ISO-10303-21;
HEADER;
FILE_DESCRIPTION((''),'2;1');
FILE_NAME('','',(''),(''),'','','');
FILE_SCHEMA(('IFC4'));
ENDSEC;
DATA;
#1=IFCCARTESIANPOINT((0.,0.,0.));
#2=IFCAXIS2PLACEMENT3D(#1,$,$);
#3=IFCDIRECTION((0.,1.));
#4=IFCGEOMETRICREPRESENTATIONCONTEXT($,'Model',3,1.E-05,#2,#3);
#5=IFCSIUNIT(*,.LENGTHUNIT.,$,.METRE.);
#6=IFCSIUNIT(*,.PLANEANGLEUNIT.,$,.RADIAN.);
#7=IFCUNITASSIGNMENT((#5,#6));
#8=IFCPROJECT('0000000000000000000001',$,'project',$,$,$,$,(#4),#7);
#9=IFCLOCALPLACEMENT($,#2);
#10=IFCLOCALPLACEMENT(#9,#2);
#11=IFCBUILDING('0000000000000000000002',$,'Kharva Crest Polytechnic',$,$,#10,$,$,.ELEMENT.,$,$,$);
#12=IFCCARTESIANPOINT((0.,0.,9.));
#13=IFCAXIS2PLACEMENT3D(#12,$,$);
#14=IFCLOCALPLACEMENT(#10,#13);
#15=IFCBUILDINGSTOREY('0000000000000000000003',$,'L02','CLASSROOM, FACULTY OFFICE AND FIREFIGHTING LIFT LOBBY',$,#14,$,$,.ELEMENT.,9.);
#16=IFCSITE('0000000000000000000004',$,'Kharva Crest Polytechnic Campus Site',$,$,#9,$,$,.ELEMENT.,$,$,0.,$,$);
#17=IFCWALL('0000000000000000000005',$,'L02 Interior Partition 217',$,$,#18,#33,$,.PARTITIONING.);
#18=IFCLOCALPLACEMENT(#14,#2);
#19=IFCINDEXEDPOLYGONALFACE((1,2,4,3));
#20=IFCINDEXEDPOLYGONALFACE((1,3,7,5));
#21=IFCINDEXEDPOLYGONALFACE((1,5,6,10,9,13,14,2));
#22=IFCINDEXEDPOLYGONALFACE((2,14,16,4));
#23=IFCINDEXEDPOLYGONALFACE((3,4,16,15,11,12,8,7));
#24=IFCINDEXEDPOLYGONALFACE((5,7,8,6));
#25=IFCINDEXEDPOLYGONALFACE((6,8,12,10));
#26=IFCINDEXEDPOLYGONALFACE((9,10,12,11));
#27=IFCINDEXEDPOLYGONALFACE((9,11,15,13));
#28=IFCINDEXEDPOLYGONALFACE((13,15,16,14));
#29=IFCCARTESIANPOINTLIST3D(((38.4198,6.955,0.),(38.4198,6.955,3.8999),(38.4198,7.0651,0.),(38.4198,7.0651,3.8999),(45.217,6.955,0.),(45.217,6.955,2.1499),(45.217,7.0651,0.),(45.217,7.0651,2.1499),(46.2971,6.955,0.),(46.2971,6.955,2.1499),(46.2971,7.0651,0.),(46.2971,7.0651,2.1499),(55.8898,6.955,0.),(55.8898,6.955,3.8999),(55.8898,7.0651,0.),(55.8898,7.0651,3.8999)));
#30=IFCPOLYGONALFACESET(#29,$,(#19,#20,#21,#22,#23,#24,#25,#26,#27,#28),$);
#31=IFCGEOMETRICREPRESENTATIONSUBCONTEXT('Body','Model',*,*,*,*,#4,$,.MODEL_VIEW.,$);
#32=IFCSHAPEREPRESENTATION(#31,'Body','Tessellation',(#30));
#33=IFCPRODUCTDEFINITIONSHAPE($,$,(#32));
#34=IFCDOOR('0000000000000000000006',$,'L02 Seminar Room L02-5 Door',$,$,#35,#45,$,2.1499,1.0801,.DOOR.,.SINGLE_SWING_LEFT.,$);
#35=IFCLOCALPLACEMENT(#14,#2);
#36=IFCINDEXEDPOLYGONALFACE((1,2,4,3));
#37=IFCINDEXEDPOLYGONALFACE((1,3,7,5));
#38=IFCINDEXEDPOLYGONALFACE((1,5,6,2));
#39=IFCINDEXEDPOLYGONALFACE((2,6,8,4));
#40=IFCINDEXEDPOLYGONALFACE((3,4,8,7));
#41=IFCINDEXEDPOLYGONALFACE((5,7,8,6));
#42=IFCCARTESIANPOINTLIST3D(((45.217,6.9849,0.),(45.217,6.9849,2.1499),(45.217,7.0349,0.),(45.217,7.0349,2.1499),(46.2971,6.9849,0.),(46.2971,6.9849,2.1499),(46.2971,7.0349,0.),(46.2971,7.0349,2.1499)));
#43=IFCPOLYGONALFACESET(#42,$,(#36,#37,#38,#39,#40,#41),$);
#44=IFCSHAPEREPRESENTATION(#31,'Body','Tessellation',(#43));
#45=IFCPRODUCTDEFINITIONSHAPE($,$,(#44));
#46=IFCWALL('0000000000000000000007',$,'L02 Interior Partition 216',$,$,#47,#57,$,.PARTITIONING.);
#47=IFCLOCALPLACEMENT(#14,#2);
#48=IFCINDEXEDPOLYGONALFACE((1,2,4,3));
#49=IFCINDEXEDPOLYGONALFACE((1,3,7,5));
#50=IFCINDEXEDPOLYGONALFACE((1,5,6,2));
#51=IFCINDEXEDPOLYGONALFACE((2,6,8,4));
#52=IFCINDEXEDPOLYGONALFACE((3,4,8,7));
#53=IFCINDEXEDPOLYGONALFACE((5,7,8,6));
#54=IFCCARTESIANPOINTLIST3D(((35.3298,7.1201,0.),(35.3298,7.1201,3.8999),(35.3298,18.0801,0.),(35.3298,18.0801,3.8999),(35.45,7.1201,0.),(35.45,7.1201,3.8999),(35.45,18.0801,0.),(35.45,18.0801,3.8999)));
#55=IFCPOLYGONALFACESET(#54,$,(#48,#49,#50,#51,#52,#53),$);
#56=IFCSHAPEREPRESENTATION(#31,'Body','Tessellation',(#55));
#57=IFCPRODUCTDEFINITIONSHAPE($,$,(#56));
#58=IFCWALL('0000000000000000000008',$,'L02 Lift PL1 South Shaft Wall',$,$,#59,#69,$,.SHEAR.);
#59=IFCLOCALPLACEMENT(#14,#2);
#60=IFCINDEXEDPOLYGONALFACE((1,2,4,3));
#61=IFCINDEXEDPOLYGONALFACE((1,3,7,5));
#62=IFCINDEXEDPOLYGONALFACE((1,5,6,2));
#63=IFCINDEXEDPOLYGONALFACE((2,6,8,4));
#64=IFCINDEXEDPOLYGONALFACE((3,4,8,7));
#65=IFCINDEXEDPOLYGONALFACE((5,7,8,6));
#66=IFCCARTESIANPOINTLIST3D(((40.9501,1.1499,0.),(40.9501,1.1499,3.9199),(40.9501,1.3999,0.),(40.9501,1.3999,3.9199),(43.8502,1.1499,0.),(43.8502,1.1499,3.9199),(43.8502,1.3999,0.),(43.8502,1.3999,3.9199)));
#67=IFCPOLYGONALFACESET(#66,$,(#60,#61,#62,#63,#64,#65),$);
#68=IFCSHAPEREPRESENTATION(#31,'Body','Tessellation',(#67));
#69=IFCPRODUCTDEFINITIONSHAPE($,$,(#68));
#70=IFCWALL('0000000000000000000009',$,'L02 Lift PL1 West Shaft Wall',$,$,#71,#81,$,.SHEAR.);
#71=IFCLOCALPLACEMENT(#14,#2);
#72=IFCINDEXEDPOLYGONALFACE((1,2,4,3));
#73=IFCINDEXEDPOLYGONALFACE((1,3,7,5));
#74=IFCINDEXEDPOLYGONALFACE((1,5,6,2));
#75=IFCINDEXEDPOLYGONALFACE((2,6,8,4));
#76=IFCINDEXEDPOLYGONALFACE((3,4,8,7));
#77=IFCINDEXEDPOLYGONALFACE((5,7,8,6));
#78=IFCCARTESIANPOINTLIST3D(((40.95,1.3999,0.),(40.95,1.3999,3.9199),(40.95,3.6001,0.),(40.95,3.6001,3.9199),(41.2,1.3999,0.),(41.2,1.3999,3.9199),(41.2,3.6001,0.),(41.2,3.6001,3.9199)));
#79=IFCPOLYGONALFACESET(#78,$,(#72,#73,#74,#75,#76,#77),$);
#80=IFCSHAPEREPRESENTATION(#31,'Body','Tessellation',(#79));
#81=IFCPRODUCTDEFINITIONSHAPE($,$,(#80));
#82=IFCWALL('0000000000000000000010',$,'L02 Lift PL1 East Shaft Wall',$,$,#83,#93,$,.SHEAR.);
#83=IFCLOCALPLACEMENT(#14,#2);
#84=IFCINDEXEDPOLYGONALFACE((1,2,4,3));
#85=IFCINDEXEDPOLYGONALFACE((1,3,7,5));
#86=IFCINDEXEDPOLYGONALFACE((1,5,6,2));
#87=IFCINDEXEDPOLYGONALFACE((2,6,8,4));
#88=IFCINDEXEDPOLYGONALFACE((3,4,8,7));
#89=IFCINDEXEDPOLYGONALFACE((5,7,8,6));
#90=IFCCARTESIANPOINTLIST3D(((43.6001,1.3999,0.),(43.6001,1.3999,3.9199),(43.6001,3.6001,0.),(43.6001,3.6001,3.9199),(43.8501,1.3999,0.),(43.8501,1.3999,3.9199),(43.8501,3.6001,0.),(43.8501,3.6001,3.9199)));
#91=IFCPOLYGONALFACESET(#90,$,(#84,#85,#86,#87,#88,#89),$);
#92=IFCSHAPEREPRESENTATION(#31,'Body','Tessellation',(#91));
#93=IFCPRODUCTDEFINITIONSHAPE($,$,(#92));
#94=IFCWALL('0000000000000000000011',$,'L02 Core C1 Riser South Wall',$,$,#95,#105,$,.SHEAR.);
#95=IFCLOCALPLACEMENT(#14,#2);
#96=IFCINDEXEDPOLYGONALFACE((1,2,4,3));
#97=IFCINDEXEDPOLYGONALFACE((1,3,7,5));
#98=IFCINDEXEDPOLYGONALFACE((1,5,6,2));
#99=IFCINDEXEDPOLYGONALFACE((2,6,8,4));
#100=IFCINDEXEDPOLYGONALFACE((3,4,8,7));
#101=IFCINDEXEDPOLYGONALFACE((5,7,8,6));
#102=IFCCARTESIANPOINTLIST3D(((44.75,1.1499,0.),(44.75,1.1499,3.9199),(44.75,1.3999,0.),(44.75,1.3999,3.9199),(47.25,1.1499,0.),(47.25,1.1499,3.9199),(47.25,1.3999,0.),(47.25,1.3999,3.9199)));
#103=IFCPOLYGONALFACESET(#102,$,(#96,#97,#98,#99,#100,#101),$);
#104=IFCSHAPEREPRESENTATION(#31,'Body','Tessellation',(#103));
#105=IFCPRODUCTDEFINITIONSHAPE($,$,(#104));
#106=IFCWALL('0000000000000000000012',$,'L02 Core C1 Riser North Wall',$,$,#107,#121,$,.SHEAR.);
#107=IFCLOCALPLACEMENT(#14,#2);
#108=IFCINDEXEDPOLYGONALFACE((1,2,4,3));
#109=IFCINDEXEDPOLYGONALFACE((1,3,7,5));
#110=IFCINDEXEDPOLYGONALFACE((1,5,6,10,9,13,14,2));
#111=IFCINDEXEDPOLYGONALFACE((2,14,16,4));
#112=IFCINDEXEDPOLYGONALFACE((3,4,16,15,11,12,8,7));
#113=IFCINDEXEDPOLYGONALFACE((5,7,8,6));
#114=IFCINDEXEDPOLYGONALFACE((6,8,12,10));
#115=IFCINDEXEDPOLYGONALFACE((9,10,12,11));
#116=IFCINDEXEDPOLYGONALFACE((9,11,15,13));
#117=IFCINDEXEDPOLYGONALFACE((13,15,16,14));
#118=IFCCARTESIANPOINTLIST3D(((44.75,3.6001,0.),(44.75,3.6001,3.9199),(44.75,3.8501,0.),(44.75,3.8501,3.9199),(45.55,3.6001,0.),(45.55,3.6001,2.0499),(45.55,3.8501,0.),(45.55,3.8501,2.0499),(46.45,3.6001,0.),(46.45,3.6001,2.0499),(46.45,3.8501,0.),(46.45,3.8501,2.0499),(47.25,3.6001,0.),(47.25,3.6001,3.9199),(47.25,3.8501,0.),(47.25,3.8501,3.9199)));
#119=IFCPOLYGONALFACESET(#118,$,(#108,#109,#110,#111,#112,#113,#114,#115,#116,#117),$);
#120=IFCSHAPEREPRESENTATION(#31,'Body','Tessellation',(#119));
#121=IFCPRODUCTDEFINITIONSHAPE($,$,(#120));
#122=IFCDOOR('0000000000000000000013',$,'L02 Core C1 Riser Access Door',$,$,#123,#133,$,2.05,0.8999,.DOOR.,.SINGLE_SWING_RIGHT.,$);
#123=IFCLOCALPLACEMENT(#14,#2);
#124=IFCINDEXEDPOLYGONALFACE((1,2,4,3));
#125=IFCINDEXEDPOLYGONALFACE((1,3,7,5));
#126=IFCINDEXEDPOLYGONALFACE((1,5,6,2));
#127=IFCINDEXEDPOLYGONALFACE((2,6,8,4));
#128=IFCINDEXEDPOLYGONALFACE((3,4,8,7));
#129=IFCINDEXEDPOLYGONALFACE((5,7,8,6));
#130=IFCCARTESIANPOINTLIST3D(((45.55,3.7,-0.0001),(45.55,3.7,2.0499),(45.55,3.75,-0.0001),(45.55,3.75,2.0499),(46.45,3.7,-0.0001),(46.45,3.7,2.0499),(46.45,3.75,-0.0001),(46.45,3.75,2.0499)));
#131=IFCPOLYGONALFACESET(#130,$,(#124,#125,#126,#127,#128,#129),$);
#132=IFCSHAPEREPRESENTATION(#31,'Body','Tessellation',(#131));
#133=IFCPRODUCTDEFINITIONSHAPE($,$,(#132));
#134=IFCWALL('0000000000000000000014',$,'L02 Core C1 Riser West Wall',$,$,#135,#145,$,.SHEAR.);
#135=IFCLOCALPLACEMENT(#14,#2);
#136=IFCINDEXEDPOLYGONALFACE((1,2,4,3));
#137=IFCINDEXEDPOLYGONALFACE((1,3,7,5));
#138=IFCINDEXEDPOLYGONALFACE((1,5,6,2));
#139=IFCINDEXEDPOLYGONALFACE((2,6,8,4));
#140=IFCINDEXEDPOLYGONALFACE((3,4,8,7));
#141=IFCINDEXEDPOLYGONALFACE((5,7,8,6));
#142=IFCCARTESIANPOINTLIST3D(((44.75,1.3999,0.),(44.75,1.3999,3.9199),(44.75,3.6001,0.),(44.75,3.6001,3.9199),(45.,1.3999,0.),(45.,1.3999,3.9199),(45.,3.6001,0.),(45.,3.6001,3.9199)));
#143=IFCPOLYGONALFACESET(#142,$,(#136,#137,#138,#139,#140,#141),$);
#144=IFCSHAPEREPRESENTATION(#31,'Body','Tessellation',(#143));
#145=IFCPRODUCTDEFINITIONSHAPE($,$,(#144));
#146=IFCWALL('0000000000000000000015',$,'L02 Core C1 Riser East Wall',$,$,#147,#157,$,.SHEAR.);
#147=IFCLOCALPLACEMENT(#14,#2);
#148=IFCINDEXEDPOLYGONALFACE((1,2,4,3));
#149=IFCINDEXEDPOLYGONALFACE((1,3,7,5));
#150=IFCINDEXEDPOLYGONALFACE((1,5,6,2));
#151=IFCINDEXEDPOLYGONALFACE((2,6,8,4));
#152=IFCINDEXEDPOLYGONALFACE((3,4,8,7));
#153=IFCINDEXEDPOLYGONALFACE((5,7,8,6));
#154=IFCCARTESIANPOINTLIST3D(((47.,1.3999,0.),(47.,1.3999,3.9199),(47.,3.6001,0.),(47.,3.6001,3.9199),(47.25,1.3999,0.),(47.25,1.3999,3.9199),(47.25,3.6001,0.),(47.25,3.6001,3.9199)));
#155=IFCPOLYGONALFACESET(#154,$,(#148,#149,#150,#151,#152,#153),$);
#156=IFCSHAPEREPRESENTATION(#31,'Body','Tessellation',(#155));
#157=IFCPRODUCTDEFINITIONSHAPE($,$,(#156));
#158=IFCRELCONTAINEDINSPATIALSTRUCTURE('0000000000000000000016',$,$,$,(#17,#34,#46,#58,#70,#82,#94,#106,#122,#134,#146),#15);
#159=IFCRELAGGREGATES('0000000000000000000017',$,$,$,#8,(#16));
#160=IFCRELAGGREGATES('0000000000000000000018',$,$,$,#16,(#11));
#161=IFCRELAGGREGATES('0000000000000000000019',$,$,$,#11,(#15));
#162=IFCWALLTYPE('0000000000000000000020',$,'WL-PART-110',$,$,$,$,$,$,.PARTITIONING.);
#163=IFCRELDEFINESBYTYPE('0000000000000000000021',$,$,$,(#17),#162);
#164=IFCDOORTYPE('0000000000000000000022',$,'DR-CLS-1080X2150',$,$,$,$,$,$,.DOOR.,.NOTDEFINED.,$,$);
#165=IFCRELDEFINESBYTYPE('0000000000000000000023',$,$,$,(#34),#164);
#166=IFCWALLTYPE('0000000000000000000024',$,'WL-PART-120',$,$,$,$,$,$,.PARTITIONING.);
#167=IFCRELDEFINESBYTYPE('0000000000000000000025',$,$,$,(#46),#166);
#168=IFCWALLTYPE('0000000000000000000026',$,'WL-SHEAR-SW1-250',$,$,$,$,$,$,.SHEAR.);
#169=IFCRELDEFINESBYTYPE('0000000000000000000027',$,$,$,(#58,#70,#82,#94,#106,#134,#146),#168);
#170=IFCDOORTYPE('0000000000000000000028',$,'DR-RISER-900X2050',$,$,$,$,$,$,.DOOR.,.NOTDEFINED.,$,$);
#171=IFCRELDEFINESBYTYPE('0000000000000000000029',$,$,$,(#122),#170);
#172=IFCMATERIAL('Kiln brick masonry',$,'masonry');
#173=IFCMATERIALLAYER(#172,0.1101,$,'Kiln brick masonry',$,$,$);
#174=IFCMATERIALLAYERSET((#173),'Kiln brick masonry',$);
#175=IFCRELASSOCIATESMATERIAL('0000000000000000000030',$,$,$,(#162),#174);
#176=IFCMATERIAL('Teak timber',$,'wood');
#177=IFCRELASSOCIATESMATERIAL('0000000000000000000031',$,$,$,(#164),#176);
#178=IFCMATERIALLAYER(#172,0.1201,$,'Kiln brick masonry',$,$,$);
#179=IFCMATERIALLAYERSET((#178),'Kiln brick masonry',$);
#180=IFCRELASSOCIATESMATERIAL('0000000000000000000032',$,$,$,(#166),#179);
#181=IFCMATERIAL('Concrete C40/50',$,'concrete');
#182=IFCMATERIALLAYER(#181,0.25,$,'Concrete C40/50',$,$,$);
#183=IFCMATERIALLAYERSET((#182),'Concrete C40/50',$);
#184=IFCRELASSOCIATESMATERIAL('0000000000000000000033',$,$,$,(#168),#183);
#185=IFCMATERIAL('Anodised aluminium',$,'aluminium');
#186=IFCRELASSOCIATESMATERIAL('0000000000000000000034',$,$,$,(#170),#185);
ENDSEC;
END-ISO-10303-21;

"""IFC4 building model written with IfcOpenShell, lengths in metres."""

from ifc_helpers import new_model, si_unit, direction, frame, frame_2d, origin, place, context, subcontext, project, spatial, rectangle, extrude, material, layer, layer_set, type_object, element, fill, save


model = new_model("IFC4")

# Units and contexts
model_context = context("Model", 3, precision=1e-05, world=origin(), true_north=direction((0.0, 1.0)))
body_context = subcontext(model_context, "Body", "Model", "MODEL_VIEW")
ifc_project = project(units=[si_unit("LENGTHUNIT", "METRE"), si_unit("PLANEANGLEUNIT", "RADIAN")], contexts=[model_context])

# Site, building, storey
site_placement = place(None, origin())
site = spatial("IfcSite", under=ifc_project, at=site_placement, Name="Kharva Crest Polytechnic Campus Site", CompositionType="ELEMENT", RefElevation=0.0)
building_placement = place(site_placement, origin())
building = spatial("IfcBuilding", under=site, at=building_placement, Name="Kharva Crest Polytechnic", CompositionType="ELEMENT")
storey_placement = place(building_placement, frame((0.0, 0.0, 9.0)))
storey = spatial("IfcBuildingStorey", under=building, at=storey_placement, Name="L02", Description="CLASSROOM, FACULTY OFFICE AND FIREFIGHTING LIFT LOBBY", CompositionType="ELEMENT", Elevation=9.0)

# Shared definitions
ifc_material_1 = material(Name="Concrete C40/50", Category="concrete")

# Shared definitions
ifc_material_2 = material(Name="Kiln brick masonry", Category="masonry")
ifc_material_3 = material(Name="Anodised aluminium", Category="aluminium")

# Wall, opening, door
ifc_layer_1 = layer(ifc_material_2, 0.1101, Name="Kiln brick masonry")
ifc_layer_set_1 = layer_set([ifc_layer_1], Name="Kiln brick masonry")
wall_type_1 = type_object("IfcWallType", Name="WL-PART-110", PredefinedType="PARTITIONING", material=ifc_layer_set_1)
wall_1_placement = place(storey_placement, frame((38.4199, 7.01, 0.0), z_axis=(0.0, 0.0, 1.0), x_axis=(1.0, 0.0, 0.0)))
wall_1 = element("IfcWall", 1, at=wall_1_placement, inside=storey, type_object=wall_type_1, Name="L02 Interior Partition 217", PredefinedType="PARTITIONING", context=body_context, shape_type="SweptSolid", body=[
    extrude(rectangle(XDim=17.47, YDim=0.1101, at=frame_2d((8.7349, 0.0))), origin(), (0.0, 0.0, 1.0), 3.8999),
])
opening_1_placement = place(wall_1_placement, frame((6.7971, 0.0, 0.0)))
opening_1 = element("IfcOpeningElement", 2, at=opening_1_placement, cuts=wall_1, PredefinedType="OPENING", context=body_context, shape_type="SweptSolid", body=[
    extrude(rectangle(XDim=1.0801, YDim=2.1499, at=frame_2d((0.54, 1.075))), frame((0.0, 0.0649, 0.0), z_axis=(0.0, -1.0, 0.0), x_axis=(1.0, 0.0, 0.0)), (0.0, 0.0, 1.0), 0.1301),
])
ifc_material_4 = material(Name="Teak timber", Category="wood")
door_type_1 = type_object("IfcDoorType", Name="DR-CLS-1080X2150", OperationType="NOTDEFINED", PredefinedType="DOOR", material=ifc_material_4)
door_1_placement = place(opening_1_placement, origin())
door_1 = element("IfcDoor", 3, at=door_1_placement, inside=storey, type_object=door_type_1, Name="L02 Seminar Room L02-5 Door", OperationType="SINGLE_SWING_LEFT", OverallHeight=2.1499, OverallWidth=1.0801, PredefinedType="DOOR", context=body_context, shape_type="SweptSolid", body=[
    extrude(rectangle(XDim=1.0801, YDim=2.1499, at=frame_2d((0.54, 1.075))), frame((0.0, 0.0249, 0.0), z_axis=(0.0, -1.0, 0.0), x_axis=(1.0, 0.0, 0.0)), (0.0, 0.0, 1.0), 0.05),
])
fill(opening_1, door_1)

# Walls
ifc_layer_2 = layer(ifc_material_2, 0.1201, Name="Kiln brick masonry")
ifc_layer_set_2 = layer_set([ifc_layer_2], Name="Kiln brick masonry")
wall_type_2 = type_object("IfcWallType", Name="WL-PART-120", PredefinedType="PARTITIONING", material=ifc_layer_set_2)
wall_2_placement = place(storey_placement, frame((35.3899, 7.1201, 0.0), z_axis=(0.0, 0.0, 1.0), x_axis=(0.0, 1.0, 0.0)))
element("IfcWall", 4, at=wall_2_placement, inside=storey, type_object=wall_type_2, Name="L02 Interior Partition 216", PredefinedType="PARTITIONING", context=body_context, shape_type="SweptSolid", body=[
    extrude(rectangle(XDim=10.96, YDim=0.1201, at=frame_2d((5.48, 0.0))), origin(), (0.0, 0.0, 1.0), 3.8999),
])
ifc_layer_3 = layer(ifc_material_1, 0.25, Name="Concrete C40/50")
ifc_layer_set_3 = layer_set([ifc_layer_3], Name="Concrete C40/50")
wall_type_3 = type_object("IfcWallType", Name="WL-SHEAR-SW1-250", PredefinedType="SHEAR", material=ifc_layer_set_3)
wall_3_placement = place(storey_placement, frame((40.95, 1.2749, 0.0), z_axis=(0.0, 0.0, 1.0), x_axis=(1.0, 0.0, 0.0)))
element("IfcWall", 5, at=wall_3_placement, inside=storey, type_object=wall_type_3, Name="L02 Lift PL1 South Shaft Wall", PredefinedType="SHEAR", context=body_context, shape_type="SweptSolid", body=[
    extrude(rectangle(XDim=2.9001, YDim=0.25, at=frame_2d((1.4502, 0.0))), origin(), (0.0, 0.0, 1.0), 3.9199),
])

# Walls
for number, where, z_axis, x_axis, name in (
    (6, (41.075, 1.3999, 0.0), (0.0, 0.0, 1.0), (0.0, 1.0, 0.0), "L02 Lift PL1 West Shaft Wall"),
    (7, (43.7251, 1.3999, 0.0), (0.0, 0.0, 1.0), (0.0, 1.0, 0.0), "L02 Lift PL1 East Shaft Wall"),
):
    element("IfcWall", number, at=place(storey_placement, frame(where, z_axis=z_axis, x_axis=x_axis)), inside=storey, type_object=wall_type_3, Name=name, PredefinedType="SHEAR", context=body_context, shape_type="SweptSolid", body=[
        extrude(rectangle(XDim=2.2002, YDim=0.25, at=frame_2d((1.1001, 0.0))), origin(), (0.0, 0.0, 1.0), 3.9199),
    ])
wall_4_placement = place(storey_placement, frame((44.75, 1.2749, 0.0), z_axis=(0.0, 0.0, 1.0), x_axis=(1.0, 0.0, 0.0)))
element("IfcWall", 8, at=wall_4_placement, inside=storey, type_object=wall_type_3, Name="L02 Core C1 Riser South Wall", PredefinedType="SHEAR", context=body_context, shape_type="SweptSolid", body=[
    extrude(rectangle(XDim=2.5, YDim=0.25, at=frame_2d((1.25, 0.0))), origin(), (0.0, 0.0, 1.0), 3.9199),
])

# Wall, opening, door
wall_5_placement = place(storey_placement, frame((44.75, 3.7251, 0.0), z_axis=(0.0, 0.0, 1.0), x_axis=(1.0, 0.0, 0.0)))
wall_5 = element("IfcWall", 9, at=wall_5_placement, inside=storey, type_object=wall_type_3, Name="L02 Core C1 Riser North Wall", PredefinedType="SHEAR", context=body_context, shape_type="SweptSolid", body=[
    extrude(rectangle(XDim=2.5, YDim=0.25, at=frame_2d((1.25, 0.0))), origin(), (0.0, 0.0, 1.0), 3.9199),
])
opening_2_placement = place(wall_5_placement, frame((0.8, 0.0, 0.0)))
opening_2 = element("IfcOpeningElement", 10, at=opening_2_placement, cuts=wall_5, PredefinedType="OPENING", context=body_context, shape_type="SweptSolid", body=[
    extrude(rectangle(XDim=0.8999, YDim=2.05, at=frame_2d((0.45, 1.0249))), frame((0.0, 0.135, 0.0), z_axis=(0.0, -1.0, 0.0), x_axis=(1.0, 0.0, 0.0)), (0.0, 0.0, 1.0), 0.27),
])
door_type_2 = type_object("IfcDoorType", Name="DR-RISER-900X2050", OperationType="NOTDEFINED", PredefinedType="DOOR", material=ifc_material_3)
door_2_placement = place(opening_2_placement, origin())
door_2 = element("IfcDoor", 11, at=door_2_placement, inside=storey, type_object=door_type_2, Name="L02 Core C1 Riser Access Door", OperationType="SINGLE_SWING_RIGHT", OverallHeight=2.05, OverallWidth=0.8999, PredefinedType="DOOR", context=body_context, shape_type="SweptSolid", body=[
    extrude(rectangle(XDim=0.8999, YDim=2.05, at=frame_2d((0.45, 1.0249))), frame((0.0, 0.0249, 0.0), z_axis=(0.0, -1.0, 0.0), x_axis=(1.0, 0.0, 0.0)), (0.0, 0.0, 1.0), 0.05),
])
fill(opening_2, door_2)

# Walls
for number, where, z_axis, x_axis, name in (
    (12, (44.875, 1.3999, 0.0), (0.0, 0.0, 1.0), (0.0, 1.0, 0.0), "L02 Core C1 Riser West Wall"),
    (13, (47.125, 1.3999, 0.0), (0.0, 0.0, 1.0), (0.0, 1.0, 0.0), "L02 Core C1 Riser East Wall"),
):
    element("IfcWall", number, at=place(storey_placement, frame(where, z_axis=z_axis, x_axis=x_axis)), inside=storey, type_object=wall_type_3, Name=name, PredefinedType="SHEAR", context=body_context, shape_type="SweptSolid", body=[
        extrude(rectangle(XDim=2.2002, YDim=0.25, at=frame_2d((1.1001, 0.0))), origin(), (0.0, 0.0, 1.0), 3.9199),
    ])

save(model, "model.ifc")
